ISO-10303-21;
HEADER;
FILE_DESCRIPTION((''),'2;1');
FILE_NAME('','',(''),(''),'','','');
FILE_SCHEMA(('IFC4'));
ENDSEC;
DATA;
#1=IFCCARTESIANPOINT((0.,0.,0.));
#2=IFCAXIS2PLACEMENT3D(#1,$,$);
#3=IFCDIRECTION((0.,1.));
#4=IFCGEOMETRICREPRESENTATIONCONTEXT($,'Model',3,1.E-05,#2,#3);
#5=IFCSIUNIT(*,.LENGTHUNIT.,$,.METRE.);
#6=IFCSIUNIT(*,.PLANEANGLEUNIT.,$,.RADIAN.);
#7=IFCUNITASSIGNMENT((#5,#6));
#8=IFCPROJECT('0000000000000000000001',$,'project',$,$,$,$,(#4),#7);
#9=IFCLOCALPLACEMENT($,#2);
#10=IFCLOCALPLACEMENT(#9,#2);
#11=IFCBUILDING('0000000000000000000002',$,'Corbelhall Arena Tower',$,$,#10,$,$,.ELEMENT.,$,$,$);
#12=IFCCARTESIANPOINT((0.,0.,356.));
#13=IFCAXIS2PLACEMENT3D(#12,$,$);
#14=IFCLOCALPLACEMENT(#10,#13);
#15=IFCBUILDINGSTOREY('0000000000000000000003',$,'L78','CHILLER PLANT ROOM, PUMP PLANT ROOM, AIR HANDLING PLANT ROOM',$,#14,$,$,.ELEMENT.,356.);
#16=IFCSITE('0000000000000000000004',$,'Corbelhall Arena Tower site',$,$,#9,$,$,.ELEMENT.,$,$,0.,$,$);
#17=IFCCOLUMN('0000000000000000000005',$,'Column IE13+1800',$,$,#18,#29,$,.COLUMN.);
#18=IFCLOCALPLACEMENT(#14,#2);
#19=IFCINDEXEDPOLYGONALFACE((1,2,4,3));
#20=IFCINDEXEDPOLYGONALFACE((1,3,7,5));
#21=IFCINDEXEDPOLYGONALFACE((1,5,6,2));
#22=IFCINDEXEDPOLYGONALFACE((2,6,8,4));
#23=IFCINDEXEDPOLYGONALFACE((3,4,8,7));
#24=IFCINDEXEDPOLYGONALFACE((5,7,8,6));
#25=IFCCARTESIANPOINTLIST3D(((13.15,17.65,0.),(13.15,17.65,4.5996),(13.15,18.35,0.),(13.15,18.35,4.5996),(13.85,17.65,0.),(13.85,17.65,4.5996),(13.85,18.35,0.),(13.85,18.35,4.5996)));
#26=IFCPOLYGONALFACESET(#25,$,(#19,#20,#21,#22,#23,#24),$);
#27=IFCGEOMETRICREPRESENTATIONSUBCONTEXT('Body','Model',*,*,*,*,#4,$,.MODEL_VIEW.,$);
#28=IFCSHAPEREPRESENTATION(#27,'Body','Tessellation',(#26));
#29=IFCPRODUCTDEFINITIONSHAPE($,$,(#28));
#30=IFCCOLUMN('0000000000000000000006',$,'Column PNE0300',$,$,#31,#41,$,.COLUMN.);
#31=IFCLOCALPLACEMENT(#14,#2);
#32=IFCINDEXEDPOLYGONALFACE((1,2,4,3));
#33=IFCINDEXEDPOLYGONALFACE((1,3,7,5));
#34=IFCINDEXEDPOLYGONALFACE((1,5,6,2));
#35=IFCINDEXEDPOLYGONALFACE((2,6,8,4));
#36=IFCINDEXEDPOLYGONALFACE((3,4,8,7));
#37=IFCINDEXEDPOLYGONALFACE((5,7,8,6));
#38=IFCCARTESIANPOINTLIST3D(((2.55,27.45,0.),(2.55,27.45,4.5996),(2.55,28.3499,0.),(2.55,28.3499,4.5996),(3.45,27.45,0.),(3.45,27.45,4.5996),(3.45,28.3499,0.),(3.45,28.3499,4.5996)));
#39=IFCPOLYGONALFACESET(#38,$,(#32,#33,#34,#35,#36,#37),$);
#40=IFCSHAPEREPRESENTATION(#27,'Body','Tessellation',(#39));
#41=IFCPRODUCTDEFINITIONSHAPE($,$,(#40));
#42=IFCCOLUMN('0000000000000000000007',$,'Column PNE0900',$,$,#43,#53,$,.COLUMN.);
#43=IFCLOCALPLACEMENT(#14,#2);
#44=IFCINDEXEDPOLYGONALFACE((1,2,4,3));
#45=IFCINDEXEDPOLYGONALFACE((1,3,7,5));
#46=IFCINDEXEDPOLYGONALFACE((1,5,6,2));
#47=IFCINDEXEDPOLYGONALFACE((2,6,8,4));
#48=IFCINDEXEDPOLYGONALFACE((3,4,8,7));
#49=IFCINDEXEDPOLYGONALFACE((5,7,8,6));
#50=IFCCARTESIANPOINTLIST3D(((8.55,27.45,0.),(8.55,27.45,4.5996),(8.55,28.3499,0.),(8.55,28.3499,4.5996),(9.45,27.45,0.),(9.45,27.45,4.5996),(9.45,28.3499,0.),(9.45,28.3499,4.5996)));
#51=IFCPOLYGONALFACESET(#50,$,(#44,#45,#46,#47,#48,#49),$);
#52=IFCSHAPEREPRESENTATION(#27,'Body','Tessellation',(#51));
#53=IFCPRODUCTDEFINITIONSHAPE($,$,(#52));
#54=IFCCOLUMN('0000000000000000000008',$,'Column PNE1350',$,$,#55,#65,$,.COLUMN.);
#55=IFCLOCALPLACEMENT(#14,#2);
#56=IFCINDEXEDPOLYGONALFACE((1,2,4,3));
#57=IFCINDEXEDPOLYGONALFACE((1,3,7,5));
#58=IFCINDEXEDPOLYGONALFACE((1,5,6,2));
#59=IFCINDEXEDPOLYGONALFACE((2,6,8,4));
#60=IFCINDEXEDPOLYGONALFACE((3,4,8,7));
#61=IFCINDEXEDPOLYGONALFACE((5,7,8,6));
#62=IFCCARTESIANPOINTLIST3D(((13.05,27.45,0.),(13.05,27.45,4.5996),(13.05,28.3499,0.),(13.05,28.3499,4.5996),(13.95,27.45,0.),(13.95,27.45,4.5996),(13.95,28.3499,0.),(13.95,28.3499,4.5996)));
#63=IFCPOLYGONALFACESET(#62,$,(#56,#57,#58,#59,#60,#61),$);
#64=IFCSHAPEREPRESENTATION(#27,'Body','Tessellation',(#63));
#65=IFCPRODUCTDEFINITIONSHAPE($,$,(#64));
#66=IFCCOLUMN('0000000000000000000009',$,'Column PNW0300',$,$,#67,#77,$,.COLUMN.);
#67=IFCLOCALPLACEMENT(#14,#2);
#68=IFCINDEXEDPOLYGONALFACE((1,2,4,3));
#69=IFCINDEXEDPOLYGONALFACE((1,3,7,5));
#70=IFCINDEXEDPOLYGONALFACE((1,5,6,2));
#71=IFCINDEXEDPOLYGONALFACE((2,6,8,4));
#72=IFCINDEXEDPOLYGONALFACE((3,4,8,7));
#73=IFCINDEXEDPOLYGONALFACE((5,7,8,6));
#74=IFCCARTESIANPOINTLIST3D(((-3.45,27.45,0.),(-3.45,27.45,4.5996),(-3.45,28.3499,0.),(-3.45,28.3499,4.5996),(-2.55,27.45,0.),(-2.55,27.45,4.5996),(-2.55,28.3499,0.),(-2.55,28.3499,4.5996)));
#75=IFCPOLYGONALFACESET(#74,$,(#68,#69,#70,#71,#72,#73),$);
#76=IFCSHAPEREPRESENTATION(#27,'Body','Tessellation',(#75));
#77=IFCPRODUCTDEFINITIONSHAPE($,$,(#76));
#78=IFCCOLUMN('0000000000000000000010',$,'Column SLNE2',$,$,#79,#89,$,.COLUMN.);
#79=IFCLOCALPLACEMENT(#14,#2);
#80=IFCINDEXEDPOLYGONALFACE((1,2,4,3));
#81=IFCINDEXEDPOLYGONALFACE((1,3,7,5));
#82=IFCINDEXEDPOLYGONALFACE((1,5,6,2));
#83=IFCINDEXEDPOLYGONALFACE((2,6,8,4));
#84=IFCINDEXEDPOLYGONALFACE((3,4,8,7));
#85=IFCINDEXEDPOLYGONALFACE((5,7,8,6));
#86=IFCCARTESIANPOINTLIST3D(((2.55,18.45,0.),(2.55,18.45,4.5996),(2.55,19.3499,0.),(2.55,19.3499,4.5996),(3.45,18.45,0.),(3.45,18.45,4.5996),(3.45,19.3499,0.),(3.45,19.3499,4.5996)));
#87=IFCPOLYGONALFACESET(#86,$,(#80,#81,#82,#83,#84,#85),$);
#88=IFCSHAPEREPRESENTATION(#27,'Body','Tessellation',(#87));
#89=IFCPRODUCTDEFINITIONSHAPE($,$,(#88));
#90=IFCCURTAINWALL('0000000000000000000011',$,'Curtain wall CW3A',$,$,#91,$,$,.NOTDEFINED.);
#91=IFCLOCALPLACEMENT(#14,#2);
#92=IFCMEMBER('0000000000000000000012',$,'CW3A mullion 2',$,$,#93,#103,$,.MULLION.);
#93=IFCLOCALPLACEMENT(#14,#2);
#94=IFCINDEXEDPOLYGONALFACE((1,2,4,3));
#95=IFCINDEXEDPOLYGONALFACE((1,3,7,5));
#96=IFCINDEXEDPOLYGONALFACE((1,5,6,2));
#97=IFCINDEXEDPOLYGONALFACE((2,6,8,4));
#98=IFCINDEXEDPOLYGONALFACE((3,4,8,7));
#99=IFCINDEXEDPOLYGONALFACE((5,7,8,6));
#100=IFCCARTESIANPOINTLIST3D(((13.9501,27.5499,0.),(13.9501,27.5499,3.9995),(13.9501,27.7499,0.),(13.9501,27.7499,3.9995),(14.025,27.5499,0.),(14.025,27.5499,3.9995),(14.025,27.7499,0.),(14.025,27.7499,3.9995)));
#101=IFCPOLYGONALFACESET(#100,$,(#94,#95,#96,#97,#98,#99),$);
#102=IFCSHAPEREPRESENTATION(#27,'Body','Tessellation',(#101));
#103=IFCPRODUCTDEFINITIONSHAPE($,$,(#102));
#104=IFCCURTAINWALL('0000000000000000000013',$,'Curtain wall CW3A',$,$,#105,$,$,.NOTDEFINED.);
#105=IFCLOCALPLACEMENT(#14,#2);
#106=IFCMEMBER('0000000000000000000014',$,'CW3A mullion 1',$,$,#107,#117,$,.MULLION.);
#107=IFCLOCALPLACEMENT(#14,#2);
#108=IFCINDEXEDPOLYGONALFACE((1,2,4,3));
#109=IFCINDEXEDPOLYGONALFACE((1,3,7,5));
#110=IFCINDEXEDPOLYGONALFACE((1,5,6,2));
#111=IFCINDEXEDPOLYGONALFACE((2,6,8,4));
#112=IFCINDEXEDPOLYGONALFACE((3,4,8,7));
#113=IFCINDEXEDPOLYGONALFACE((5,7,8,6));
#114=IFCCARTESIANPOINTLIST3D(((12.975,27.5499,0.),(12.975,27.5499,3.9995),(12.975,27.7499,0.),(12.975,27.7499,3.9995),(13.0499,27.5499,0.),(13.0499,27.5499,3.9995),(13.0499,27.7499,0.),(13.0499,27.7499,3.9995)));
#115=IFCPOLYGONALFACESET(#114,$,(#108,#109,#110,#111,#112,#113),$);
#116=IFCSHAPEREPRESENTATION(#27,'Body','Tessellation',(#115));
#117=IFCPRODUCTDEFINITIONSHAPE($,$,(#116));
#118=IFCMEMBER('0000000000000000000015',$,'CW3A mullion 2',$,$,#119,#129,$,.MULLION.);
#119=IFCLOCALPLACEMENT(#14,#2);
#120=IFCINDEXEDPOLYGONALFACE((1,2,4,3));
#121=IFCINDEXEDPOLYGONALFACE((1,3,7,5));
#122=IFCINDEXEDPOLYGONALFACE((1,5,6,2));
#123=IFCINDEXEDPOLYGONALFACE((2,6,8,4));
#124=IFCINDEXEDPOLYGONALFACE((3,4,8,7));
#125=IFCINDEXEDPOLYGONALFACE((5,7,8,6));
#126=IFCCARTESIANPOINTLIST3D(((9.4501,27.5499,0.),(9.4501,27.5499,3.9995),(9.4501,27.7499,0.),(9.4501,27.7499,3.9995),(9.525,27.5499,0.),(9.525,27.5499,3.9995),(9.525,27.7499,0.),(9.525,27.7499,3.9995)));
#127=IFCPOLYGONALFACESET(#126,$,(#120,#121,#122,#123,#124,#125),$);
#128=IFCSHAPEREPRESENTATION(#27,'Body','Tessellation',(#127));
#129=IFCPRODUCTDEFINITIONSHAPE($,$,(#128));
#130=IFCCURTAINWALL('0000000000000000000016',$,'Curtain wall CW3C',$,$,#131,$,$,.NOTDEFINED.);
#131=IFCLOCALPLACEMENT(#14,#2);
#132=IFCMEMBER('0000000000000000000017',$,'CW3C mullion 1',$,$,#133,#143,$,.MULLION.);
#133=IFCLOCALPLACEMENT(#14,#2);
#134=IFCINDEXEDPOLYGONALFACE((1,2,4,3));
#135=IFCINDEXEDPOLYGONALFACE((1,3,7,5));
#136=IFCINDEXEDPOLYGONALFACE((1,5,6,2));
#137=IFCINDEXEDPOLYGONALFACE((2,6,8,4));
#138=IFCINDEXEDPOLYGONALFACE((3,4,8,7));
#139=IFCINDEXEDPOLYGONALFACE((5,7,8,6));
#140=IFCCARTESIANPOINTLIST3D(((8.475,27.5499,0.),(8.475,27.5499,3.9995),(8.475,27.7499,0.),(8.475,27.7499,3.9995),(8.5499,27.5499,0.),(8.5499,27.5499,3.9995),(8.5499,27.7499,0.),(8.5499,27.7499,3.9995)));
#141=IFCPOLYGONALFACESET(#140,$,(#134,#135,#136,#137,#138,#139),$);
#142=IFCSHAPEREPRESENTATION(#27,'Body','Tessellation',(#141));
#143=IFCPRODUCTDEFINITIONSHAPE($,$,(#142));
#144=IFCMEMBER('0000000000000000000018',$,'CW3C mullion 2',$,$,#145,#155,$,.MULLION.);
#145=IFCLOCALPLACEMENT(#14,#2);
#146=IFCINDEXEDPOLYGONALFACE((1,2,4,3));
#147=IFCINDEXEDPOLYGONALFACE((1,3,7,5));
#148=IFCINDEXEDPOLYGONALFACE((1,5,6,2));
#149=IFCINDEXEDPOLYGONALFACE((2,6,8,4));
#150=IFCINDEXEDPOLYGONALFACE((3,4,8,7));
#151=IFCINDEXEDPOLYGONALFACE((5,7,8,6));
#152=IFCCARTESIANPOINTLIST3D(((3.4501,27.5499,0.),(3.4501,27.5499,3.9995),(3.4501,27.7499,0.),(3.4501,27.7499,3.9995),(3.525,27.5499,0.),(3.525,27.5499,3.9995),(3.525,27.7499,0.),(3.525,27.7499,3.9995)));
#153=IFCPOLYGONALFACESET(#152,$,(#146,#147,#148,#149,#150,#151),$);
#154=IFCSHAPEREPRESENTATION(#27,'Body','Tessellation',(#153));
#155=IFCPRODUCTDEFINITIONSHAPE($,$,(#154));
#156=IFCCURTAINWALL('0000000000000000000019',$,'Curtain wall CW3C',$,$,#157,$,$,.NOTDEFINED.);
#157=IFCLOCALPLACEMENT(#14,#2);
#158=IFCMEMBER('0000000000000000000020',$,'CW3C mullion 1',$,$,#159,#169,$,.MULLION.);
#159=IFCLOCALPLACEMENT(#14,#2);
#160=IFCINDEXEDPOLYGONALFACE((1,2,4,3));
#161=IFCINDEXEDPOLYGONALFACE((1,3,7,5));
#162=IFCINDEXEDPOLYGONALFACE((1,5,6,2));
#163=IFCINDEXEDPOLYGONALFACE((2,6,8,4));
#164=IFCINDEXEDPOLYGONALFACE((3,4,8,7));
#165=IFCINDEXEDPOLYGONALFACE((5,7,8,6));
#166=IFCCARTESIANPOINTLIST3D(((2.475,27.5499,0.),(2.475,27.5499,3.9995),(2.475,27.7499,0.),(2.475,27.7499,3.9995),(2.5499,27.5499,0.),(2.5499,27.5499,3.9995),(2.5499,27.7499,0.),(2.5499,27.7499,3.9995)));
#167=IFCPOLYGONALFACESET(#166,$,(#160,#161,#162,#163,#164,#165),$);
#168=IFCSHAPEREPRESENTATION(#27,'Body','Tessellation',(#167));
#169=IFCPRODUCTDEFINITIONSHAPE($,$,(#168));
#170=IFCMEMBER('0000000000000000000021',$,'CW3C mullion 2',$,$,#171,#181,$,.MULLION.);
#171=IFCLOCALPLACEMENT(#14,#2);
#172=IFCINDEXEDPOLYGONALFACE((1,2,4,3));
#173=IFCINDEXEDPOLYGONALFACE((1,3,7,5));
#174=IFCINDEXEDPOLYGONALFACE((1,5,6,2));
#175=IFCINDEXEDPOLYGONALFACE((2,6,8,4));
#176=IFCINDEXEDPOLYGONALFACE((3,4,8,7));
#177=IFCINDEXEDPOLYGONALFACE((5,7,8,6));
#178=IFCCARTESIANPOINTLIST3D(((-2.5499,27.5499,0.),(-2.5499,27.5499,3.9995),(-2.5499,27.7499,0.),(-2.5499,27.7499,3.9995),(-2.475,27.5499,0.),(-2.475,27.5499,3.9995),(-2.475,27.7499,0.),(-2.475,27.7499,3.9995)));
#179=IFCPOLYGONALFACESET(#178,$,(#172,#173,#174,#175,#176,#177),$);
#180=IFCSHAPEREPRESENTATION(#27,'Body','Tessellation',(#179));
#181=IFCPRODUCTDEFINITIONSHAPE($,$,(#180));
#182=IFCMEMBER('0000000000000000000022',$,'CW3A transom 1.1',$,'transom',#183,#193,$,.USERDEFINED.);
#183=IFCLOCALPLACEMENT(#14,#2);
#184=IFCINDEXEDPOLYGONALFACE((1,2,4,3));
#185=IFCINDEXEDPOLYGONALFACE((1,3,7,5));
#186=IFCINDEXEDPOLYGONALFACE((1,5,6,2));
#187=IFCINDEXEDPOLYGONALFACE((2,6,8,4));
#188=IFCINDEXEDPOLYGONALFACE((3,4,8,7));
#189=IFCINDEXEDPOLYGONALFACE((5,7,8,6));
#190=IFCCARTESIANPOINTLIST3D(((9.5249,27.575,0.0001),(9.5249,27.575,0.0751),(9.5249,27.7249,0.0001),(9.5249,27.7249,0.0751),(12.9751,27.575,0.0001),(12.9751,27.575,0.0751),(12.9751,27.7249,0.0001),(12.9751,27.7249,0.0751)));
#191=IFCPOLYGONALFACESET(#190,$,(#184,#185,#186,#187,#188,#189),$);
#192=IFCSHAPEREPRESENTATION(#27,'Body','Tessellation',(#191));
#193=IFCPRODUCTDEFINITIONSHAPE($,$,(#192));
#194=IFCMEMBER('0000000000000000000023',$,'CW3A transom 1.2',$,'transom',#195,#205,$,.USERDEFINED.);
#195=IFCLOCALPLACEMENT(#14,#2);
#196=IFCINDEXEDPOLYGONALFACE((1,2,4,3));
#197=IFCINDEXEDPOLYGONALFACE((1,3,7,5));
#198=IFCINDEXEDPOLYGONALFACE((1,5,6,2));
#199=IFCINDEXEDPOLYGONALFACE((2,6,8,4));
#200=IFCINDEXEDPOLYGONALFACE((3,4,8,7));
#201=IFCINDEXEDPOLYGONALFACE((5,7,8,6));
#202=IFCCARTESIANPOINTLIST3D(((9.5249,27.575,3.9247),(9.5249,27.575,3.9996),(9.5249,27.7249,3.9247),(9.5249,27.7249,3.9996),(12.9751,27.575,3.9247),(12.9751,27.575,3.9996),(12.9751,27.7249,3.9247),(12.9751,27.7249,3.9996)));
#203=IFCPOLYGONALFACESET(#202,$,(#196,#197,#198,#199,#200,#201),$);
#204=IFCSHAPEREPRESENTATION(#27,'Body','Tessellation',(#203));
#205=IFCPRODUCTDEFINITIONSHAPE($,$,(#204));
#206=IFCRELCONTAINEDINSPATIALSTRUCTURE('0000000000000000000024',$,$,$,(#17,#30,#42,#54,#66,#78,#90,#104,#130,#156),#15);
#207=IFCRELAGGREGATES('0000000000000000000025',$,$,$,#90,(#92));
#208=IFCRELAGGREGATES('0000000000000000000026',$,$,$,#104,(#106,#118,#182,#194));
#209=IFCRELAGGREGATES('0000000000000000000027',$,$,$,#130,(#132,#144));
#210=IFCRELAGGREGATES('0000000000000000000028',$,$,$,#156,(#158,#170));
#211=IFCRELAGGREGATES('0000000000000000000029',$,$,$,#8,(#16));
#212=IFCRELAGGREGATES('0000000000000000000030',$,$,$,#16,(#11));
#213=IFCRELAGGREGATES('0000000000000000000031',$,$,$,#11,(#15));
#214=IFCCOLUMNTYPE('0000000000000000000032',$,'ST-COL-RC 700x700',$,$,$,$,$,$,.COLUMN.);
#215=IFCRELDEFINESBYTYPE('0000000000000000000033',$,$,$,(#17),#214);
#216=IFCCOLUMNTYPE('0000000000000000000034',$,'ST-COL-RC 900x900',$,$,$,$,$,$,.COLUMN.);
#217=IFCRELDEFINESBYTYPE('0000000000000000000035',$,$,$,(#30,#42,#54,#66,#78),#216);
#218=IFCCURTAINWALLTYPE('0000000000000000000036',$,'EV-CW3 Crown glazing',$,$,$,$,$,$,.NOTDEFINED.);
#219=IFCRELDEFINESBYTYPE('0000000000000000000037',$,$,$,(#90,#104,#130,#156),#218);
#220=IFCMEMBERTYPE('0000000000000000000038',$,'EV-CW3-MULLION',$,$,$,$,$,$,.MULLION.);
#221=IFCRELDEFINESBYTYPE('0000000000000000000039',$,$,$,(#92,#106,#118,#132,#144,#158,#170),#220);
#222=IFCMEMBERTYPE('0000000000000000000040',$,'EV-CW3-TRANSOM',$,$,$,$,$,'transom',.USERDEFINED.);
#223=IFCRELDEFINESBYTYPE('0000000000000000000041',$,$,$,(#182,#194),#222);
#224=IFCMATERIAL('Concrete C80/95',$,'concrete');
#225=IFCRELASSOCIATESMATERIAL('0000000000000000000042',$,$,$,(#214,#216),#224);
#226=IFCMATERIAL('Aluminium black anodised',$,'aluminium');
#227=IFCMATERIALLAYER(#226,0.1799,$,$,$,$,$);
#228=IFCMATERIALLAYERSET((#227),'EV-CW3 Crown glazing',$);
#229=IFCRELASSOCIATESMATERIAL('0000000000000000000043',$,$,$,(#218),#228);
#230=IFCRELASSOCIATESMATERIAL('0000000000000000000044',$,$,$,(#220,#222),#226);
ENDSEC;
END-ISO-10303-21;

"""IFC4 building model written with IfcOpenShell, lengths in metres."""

from ifc_helpers import new_model, si_unit, direction, frame, origin, origin_2d, place, context, subcontext, project, spatial, rectangle, extrude, material, layer, layer_set, material_profile, profile_set, type_object, element, aggregate, save


model = new_model("IFC4")

# Units and contexts
model_context = context("Model", 3, precision=1e-05, world=origin(), true_north=direction((0.0, 1.0)))
body_context = subcontext(model_context, "Body", "Model", "MODEL_VIEW")
ifc_project = project(units=[si_unit("LENGTHUNIT", "METRE"), si_unit("PLANEANGLEUNIT", "RADIAN")], contexts=[model_context])

# Site, building, storey
site_placement = place(None, origin())
site = spatial("IfcSite", under=ifc_project, at=site_placement, Name="Corbelhall Arena Tower site", CompositionType="ELEMENT", RefElevation=0.0)
building_placement = place(site_placement, origin())
building = spatial("IfcBuilding", under=site, at=building_placement, Name="Corbelhall Arena Tower", CompositionType="ELEMENT")
storey_placement = place(building_placement, frame((0.0, 0.0, 356.0)))
storey = spatial("IfcBuildingStorey", under=building, at=storey_placement, Name="L78", Description="CHILLER PLANT ROOM, PUMP PLANT ROOM, AIR HANDLING PLANT ROOM", CompositionType="ELEMENT", Elevation=356.0)

# Columns
ifc_material_1 = material(Name="Concrete C80/95", Category="concrete")
ifc_material_profile_1 = material_profile(ifc_material_1, rectangle(XDim=0.7, YDim=0.7, at=origin_2d()))
ifc_profile_set_1 = profile_set([ifc_material_profile_1], Name="Concrete C80/95")
column_type_1 = type_object("IfcColumnType", Name="ST-COL-RC 700x700", PredefinedType="COLUMN", material=ifc_profile_set_1)
column_placement = place(storey_placement, frame((13.5, 18.0, 0.0), z_axis=(0.0, 0.0, 1.0), x_axis=(1.0, 0.0, 0.0)))
element("IfcColumn", 1, at=column_placement, inside=storey, type_object=column_type_1, Name="Column IE13+1800", PredefinedType="COLUMN", context=body_context, shape_type="SweptSolid", body=[
    extrude(rectangle(XDim=0.7, YDim=0.7, at=origin_2d()), origin(), (0.0, 0.0, 1.0), 4.5996),
])
ifc_material_profile_2 = material_profile(ifc_material_1, rectangle(XDim=0.8999, YDim=0.8999, at=origin_2d()))
ifc_profile_set_2 = profile_set([ifc_material_profile_2], Name="Concrete C80/95")
column_type_2 = type_object("IfcColumnType", Name="ST-COL-RC 900x900", PredefinedType="COLUMN", material=ifc_profile_set_2)
for number, where, z_axis, x_axis, name in (
    (2, (3.0, 27.8999, 0.0), (0.0, 0.0, 1.0), (1.0, 0.0, 0.0), "Column PNE0300"),
    (3, (9.0, 27.8999, 0.0), (0.0, 0.0, 1.0), (1.0, 0.0, 0.0), "Column PNE0900"),
    (4, (13.5, 27.8999, 0.0), (0.0, 0.0, 1.0), (1.0, 0.0, 0.0), "Column PNE1350"),
    (5, (-3.0, 27.8999, 0.0), (0.0, 0.0, 1.0), (1.0, 0.0, 0.0), "Column PNW0300"),
    (6, (3.0, 18.8999, 0.0), (0.0, 0.0, 1.0), (1.0, 0.0, 0.0), "Column SLNE2"),
):
    element("IfcColumn", number, at=place(storey_placement, frame(where, z_axis=z_axis, x_axis=x_axis)), inside=storey, type_object=column_type_2, Name=name, PredefinedType="COLUMN", context=body_context, shape_type="SweptSolid", body=[
        extrude(rectangle(XDim=0.8999, YDim=0.8999, at=origin_2d()), origin(), (0.0, 0.0, 1.0), 4.5996),
    ])

# Curtain wall, member
ifc_material_2 = material(Name="Aluminium black anodised", Category="aluminium")
ifc_layer_1 = layer(ifc_material_2, 0.1799)
ifc_layer_set_1 = layer_set([ifc_layer_1], Name="EV-CW3 Crown glazing")
curtain_wall_type = type_object("IfcCurtainWallType", Name="EV-CW3 Crown glazing", PredefinedType="NOTDEFINED", material=ifc_layer_set_1)
curtain_wall_1_placement = place(storey_placement, origin())
curtain_wall_1 = element("IfcCurtainWall", 7, at=curtain_wall_1_placement, inside=storey, type_object=curtain_wall_type, Name="Curtain wall CW3A", PredefinedType="NOTDEFINED")
ifc_material_profile_3 = material_profile(ifc_material_2, rectangle(XDim=0.2, YDim=0.075, at=origin_2d()))
ifc_profile_set_3 = profile_set([ifc_material_profile_3], Name="Aluminium black anodised")
member_type_1 = type_object("IfcMemberType", Name="EV-CW3-MULLION", PredefinedType="MULLION", material=ifc_profile_set_3)
member_1_placement = place(storey_placement, frame((13.9875, 27.6499, 0.0), z_axis=(0.0, 0.0, 1.0), x_axis=(0.0, -1.0, 0.0)))
member_1 = element("IfcMember", 8, at=member_1_placement, type_object=member_type_1, Name="CW3A mullion 2", PredefinedType="MULLION", context=body_context, shape_type="SweptSolid", body=[
    extrude(rectangle(XDim=0.2, YDim=0.075, at=origin_2d()), origin(), (0.0, 0.0, 1.0), 3.9995),
])
aggregate(curtain_wall_1, [member_1])

# Curtain walls, members
curtain_wall_2_placement = place(storey_placement, origin())
curtain_wall_2 = element("IfcCurtainWall", 9, at=curtain_wall_2_placement, inside=storey, type_object=curtain_wall_type, Name="Curtain wall CW3A", PredefinedType="NOTDEFINED")
member_2_placement = place(storey_placement, frame((13.0125, 27.6499, 0.0), z_axis=(0.0, 0.0, 1.0), x_axis=(0.0, -1.0, 0.0)))
member_2 = element("IfcMember", 10, at=member_2_placement, type_object=member_type_1, Name="CW3A mullion 1", PredefinedType="MULLION", context=body_context, shape_type="SweptSolid", body=[
    extrude(rectangle(XDim=0.2, YDim=0.075, at=origin_2d()), origin(), (0.0, 0.0, 1.0), 3.9995),
])
member_3_placement = place(storey_placement, frame((9.4875, 27.6499, 0.0), z_axis=(0.0, 0.0, 1.0), x_axis=(0.0, -1.0, 0.0)))
member_3 = element("IfcMember", 11, at=member_3_placement, type_object=member_type_1, Name="CW3A mullion 2", PredefinedType="MULLION", context=body_context, shape_type="SweptSolid", body=[
    extrude(rectangle(XDim=0.2, YDim=0.075, at=origin_2d()), origin(), (0.0, 0.0, 1.0), 3.9995),
])
curtain_wall_3_placement = place(storey_placement, origin())
curtain_wall_3 = element("IfcCurtainWall", 12, at=curtain_wall_3_placement, inside=storey, type_object=curtain_wall_type, Name="Curtain wall CW3C", PredefinedType="NOTDEFINED")
member_4_placement = place(storey_placement, frame((8.5125, 27.6499, 0.0), z_axis=(0.0, 0.0, 1.0), x_axis=(0.0, -1.0, 0.0)))
member_4 = element("IfcMember", 13, at=member_4_placement, type_object=member_type_1, Name="CW3C mullion 1", PredefinedType="MULLION", context=body_context, shape_type="SweptSolid", body=[
    extrude(rectangle(XDim=0.2, YDim=0.075, at=origin_2d()), origin(), (0.0, 0.0, 1.0), 3.9995),
])
member_5_placement = place(storey_placement, frame((3.4875, 27.6499, 0.0), z_axis=(0.0, 0.0, 1.0), x_axis=(0.0, -1.0, 0.0)))
member_5 = element("IfcMember", 14, at=member_5_placement, type_object=member_type_1, Name="CW3C mullion 2", PredefinedType="MULLION", context=body_context, shape_type="SweptSolid", body=[
    extrude(rectangle(XDim=0.2, YDim=0.075, at=origin_2d()), origin(), (0.0, 0.0, 1.0), 3.9995),
])
curtain_wall_4_placement = place(storey_placement, origin())
curtain_wall_4 = element("IfcCurtainWall", 15, at=curtain_wall_4_placement, inside=storey, type_object=curtain_wall_type, Name="Curtain wall CW3C", PredefinedType="NOTDEFINED")
member_6_placement = place(storey_placement, frame((2.5125, 27.6499, 0.0), z_axis=(0.0, 0.0, 1.0), x_axis=(0.0, -1.0, 0.0)))
member_6 = element("IfcMember", 16, at=member_6_placement, type_object=member_type_1, Name="CW3C mullion 1", PredefinedType="MULLION", context=body_context, shape_type="SweptSolid", body=[
    extrude(rectangle(XDim=0.2, YDim=0.075, at=origin_2d()), origin(), (0.0, 0.0, 1.0), 3.9995),
])
member_7_placement = place(storey_placement, frame((-2.5125, 27.6499, 0.0), z_axis=(0.0, 0.0, 1.0), x_axis=(0.0, -1.0, 0.0)))
member_7 = element("IfcMember", 17, at=member_7_placement, type_object=member_type_1, Name="CW3C mullion 2", PredefinedType="MULLION", context=body_context, shape_type="SweptSolid", body=[
    extrude(rectangle(XDim=0.2, YDim=0.075, at=origin_2d()), origin(), (0.0, 0.0, 1.0), 3.9995),
])

# Members
ifc_material_profile_4 = material_profile(ifc_material_2, rectangle(XDim=0.1499, YDim=0.075, at=origin_2d()))
ifc_profile_set_4 = profile_set([ifc_material_profile_4], Name="Aluminium black anodised")
member_type_2 = type_object("IfcMemberType", Name="EV-CW3-TRANSOM", ElementType="transom", PredefinedType="USERDEFINED", material=ifc_profile_set_4)
member_8_placement = place(storey_placement, frame((12.9751, 27.6499, 0.0376), z_axis=(-1.0, 0.0, 0.0), x_axis=(0.0, -1.0, 0.0)))
member_8 = element("IfcMember", 18, at=member_8_placement, type_object=member_type_2, Name="CW3A transom 1.1", ObjectType="transom", PredefinedType="USERDEFINED", context=body_context, shape_type="SweptSolid", body=[
    extrude(rectangle(XDim=0.1499, YDim=0.075, at=origin_2d()), origin(), (0.0, 0.0, 1.0), 3.4502),
])
member_9_placement = place(storey_placement, frame((12.9751, 27.6499, 3.9622), z_axis=(-1.0, 0.0, 0.0), x_axis=(0.0, -1.0, 0.0)))
member_9 = element("IfcMember", 19, at=member_9_placement, type_object=member_type_2, Name="CW3A transom 1.2", ObjectType="transom", PredefinedType="USERDEFINED", context=body_context, shape_type="SweptSolid", body=[
    extrude(rectangle(XDim=0.1499, YDim=0.075, at=origin_2d()), origin(), (0.0, 0.0, 1.0), 3.4502),
])

aggregate(curtain_wall_2, [member_2, member_3, member_8, member_9])
aggregate(curtain_wall_3, [member_4, member_5])
aggregate(curtain_wall_4, [member_6, member_7])

save(model, "model.ifc")
